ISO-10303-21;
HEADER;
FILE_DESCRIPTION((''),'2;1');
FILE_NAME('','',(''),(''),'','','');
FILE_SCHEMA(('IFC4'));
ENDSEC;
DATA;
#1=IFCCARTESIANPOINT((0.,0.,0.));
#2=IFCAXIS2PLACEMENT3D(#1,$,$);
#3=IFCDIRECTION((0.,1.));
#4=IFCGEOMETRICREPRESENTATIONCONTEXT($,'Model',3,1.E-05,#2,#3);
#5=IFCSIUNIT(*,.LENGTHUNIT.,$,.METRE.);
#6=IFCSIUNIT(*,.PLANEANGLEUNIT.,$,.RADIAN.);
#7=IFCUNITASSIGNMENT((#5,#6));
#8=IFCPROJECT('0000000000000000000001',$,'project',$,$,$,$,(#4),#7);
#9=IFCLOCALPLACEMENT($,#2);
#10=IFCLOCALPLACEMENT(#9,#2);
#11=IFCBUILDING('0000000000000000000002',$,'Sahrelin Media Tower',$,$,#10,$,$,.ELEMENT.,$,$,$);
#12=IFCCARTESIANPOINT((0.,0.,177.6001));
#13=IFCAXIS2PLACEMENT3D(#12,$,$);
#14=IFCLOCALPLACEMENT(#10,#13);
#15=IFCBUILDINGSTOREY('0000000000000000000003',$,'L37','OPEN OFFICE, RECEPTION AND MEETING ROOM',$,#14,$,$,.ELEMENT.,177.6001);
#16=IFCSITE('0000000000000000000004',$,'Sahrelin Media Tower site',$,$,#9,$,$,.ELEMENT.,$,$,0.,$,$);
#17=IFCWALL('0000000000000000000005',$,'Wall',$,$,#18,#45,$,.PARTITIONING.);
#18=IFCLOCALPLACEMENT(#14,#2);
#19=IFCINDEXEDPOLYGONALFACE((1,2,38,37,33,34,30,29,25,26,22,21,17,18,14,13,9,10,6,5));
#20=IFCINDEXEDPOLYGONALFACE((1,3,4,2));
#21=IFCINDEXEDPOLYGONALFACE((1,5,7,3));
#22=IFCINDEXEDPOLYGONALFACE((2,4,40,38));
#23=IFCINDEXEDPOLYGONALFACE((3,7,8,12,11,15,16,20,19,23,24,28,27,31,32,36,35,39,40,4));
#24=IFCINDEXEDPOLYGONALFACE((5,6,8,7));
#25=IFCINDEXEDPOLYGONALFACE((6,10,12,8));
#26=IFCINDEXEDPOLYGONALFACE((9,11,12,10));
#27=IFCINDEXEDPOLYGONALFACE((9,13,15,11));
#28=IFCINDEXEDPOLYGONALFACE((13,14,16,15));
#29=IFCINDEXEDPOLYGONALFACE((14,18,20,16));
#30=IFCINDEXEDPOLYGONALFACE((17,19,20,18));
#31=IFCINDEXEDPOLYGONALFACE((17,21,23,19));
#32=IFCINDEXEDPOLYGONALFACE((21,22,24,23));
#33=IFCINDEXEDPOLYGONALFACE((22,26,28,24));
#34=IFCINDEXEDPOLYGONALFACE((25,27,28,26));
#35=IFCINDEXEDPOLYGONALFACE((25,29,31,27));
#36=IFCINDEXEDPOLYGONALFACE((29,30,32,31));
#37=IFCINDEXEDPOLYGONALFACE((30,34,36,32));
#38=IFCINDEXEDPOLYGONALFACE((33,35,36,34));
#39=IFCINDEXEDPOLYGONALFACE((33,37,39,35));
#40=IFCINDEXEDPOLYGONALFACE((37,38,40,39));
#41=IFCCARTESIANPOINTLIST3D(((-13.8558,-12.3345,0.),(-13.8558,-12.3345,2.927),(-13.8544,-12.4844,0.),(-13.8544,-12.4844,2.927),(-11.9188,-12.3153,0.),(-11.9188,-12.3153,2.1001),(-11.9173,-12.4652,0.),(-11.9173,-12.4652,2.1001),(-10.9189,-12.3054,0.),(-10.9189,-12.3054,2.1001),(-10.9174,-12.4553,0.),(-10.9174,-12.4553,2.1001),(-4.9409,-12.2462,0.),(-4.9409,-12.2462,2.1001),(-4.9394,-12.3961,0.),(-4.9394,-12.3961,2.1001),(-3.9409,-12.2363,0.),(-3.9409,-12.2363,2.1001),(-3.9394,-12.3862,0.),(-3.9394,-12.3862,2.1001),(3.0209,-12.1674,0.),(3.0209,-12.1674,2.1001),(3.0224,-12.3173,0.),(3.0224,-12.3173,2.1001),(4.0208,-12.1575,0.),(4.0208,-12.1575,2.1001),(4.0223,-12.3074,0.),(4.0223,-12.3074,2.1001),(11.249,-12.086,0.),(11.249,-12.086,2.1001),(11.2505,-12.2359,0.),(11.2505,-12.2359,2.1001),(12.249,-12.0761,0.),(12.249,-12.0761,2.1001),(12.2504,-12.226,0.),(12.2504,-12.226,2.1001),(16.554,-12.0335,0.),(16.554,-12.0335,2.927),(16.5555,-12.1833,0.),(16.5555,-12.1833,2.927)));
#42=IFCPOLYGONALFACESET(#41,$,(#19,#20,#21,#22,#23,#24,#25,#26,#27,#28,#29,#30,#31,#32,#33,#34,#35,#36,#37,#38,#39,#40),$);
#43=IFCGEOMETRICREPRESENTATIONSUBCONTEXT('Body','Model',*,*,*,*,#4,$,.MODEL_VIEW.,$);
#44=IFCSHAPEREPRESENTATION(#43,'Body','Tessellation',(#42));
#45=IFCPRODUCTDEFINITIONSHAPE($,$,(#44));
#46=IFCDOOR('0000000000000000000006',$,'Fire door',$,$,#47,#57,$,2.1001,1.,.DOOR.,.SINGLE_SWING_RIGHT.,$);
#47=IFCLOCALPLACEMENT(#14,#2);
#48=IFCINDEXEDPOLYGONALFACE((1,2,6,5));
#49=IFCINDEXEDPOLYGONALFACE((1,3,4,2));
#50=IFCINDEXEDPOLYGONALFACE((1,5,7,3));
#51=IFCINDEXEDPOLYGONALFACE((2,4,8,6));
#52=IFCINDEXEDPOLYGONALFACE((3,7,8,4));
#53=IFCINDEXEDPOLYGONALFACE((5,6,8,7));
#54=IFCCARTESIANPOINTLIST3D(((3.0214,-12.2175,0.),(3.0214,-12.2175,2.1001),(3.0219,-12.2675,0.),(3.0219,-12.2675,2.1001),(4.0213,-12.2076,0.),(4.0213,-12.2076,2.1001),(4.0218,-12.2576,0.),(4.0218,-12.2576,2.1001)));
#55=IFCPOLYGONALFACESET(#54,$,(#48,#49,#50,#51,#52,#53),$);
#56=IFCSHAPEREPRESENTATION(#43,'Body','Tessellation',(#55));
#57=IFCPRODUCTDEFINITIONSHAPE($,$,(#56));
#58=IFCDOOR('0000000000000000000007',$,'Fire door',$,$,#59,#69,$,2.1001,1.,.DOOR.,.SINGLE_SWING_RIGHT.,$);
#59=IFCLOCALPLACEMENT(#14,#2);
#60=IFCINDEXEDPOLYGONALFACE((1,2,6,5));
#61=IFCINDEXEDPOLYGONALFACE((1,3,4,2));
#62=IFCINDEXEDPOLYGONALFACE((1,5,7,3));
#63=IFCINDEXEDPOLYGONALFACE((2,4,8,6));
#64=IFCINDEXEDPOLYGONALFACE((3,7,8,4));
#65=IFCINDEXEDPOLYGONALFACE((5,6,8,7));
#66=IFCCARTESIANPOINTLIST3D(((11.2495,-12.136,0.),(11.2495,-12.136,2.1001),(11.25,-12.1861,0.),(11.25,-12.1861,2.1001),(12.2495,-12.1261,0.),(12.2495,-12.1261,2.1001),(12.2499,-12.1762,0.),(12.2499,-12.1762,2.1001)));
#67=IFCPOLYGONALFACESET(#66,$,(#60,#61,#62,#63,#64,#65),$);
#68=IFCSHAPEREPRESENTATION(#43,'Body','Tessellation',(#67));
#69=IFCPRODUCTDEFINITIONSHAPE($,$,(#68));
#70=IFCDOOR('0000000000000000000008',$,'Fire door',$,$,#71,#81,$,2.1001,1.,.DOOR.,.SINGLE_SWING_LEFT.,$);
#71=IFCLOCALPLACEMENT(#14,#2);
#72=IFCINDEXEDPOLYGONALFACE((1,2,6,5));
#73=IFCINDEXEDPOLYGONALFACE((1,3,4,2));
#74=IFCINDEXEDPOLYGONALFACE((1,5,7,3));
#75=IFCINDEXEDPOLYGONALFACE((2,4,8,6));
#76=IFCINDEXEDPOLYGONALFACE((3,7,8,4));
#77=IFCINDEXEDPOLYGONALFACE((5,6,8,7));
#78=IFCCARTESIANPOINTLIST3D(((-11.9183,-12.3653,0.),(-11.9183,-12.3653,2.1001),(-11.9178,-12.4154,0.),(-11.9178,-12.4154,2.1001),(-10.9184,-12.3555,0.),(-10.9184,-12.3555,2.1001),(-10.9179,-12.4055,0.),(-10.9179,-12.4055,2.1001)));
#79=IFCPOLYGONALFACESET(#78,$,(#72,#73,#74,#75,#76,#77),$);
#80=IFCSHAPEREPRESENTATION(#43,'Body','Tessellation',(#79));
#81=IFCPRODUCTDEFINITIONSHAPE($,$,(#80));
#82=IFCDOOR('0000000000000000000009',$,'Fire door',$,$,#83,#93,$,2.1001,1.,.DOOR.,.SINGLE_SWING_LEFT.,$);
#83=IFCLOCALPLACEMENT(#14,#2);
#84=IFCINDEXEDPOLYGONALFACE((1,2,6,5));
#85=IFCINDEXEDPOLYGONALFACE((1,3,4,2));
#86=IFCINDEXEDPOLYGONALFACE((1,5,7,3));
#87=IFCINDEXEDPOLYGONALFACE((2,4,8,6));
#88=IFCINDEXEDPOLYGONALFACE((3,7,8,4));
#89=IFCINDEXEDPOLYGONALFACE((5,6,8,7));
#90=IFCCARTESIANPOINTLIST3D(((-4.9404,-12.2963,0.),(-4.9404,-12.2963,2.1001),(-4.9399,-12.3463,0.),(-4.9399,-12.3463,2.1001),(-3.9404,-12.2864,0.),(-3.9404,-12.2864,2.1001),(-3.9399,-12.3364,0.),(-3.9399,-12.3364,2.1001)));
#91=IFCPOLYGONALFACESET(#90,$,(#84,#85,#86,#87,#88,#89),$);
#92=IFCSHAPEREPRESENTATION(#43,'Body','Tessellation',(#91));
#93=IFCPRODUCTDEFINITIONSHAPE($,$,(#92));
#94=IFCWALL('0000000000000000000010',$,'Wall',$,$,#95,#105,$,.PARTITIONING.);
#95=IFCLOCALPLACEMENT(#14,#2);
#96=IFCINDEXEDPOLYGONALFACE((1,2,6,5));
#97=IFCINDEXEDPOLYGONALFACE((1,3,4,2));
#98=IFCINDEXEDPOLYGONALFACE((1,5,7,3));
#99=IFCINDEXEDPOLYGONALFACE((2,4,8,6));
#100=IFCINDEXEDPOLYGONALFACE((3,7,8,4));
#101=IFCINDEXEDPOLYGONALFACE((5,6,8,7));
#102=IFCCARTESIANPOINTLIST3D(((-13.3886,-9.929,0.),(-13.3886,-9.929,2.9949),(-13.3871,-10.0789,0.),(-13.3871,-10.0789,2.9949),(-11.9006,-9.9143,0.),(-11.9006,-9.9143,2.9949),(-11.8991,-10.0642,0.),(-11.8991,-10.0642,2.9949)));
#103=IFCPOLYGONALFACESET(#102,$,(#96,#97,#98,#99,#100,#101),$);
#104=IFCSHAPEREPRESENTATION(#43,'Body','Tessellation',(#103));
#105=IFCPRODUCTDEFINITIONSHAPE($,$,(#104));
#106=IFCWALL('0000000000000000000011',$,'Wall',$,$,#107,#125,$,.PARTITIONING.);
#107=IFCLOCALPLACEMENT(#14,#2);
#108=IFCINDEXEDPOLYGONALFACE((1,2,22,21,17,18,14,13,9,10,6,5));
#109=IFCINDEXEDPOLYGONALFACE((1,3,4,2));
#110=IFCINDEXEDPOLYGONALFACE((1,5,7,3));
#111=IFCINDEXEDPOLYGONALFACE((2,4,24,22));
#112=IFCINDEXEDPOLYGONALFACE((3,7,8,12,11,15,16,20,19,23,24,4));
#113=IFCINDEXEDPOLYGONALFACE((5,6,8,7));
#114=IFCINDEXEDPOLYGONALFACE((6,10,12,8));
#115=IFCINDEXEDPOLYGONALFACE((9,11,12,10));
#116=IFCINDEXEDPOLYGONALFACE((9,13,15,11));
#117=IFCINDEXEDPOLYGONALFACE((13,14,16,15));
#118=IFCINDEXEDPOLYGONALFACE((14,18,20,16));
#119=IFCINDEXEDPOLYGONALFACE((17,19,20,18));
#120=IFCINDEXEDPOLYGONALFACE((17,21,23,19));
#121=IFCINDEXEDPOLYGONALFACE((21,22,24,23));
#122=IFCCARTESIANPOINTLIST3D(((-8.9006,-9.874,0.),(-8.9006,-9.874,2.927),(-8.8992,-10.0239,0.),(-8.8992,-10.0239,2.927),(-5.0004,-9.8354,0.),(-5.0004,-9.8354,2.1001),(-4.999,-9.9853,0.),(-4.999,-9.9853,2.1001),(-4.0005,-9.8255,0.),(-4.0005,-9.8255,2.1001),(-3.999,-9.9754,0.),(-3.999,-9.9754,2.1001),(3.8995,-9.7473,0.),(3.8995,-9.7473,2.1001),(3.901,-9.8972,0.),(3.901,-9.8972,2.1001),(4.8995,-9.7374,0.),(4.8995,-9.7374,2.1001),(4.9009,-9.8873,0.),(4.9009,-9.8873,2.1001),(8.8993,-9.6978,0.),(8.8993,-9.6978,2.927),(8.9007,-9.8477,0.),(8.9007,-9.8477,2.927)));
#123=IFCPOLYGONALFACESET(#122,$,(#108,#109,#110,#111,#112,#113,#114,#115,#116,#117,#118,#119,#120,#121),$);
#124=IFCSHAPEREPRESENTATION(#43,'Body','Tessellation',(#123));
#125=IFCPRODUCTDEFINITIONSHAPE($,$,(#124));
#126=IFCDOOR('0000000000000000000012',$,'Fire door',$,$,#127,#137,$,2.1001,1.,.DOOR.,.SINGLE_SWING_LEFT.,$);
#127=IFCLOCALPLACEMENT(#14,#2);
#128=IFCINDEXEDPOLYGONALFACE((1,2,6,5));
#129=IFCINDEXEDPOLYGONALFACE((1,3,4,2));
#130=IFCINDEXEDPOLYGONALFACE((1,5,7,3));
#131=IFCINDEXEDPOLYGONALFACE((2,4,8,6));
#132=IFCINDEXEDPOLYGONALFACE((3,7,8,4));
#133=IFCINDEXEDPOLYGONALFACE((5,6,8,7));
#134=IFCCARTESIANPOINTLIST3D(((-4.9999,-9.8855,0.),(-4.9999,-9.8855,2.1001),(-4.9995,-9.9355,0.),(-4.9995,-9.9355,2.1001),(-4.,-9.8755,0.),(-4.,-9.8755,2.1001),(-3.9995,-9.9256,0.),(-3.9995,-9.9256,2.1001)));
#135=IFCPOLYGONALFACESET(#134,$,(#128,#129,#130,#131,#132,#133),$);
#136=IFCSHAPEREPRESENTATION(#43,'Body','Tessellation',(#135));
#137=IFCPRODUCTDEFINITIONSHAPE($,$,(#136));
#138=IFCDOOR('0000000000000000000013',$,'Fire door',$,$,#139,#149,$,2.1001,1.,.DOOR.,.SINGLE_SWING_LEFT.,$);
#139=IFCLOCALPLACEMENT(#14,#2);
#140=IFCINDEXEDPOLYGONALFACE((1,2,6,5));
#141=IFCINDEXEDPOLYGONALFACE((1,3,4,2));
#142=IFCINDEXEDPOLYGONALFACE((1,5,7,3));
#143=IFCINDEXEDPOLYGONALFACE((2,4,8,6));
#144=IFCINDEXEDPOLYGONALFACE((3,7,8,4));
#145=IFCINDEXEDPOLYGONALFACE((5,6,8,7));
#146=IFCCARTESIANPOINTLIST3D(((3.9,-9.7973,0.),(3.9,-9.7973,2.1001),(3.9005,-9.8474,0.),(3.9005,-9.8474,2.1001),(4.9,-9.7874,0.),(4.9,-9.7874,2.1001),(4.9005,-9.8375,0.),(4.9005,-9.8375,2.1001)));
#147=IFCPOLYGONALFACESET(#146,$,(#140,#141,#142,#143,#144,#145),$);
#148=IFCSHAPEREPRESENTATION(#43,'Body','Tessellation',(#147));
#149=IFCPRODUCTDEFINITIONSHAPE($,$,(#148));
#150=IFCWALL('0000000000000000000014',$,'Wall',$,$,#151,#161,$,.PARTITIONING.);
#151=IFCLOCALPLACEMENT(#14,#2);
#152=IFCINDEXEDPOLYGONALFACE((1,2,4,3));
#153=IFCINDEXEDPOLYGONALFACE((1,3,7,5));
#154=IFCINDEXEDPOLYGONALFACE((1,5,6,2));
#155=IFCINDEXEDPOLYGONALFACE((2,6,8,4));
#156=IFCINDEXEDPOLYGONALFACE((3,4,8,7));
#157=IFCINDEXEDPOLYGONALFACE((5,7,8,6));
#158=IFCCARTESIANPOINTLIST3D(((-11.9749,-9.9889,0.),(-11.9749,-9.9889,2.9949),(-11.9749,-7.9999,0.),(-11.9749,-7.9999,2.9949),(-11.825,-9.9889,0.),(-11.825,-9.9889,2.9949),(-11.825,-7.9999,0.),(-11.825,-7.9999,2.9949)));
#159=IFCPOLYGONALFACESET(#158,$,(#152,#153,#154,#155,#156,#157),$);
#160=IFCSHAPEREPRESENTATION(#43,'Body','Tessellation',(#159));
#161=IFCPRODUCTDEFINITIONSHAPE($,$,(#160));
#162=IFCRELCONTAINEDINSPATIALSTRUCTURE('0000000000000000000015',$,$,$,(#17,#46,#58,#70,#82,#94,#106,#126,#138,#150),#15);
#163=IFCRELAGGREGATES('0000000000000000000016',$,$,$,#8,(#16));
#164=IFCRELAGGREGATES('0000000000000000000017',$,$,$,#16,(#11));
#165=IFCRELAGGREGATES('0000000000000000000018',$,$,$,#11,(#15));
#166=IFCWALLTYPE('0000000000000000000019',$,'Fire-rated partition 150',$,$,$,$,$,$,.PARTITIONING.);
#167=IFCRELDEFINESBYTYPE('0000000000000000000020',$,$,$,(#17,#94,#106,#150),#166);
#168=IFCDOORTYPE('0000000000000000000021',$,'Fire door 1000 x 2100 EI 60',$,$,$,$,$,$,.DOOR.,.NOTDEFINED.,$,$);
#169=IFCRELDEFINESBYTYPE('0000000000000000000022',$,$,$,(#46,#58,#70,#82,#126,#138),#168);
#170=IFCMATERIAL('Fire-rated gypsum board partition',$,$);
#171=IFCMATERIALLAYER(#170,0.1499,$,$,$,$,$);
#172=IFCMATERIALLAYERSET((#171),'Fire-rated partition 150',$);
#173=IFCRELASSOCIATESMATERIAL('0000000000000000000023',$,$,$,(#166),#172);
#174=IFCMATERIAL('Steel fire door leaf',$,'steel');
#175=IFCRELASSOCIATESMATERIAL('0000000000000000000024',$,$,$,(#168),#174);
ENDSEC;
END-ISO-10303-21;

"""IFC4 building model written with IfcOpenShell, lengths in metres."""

from ifc_helpers import new_model, si_unit, direction, frame, frame_2d, origin, place, context, subcontext, project, spatial, rectangle, extrude, material, layer, layer_set, type_object, element, fill, save


model = new_model("IFC4")

# Units and contexts
model_context = context("Model", 3, precision=1e-05, world=origin(), true_north=direction((0.0, 1.0)))
body_context = subcontext(model_context, "Body", "Model", "MODEL_VIEW")
ifc_project = project(units=[si_unit("LENGTHUNIT", "METRE"), si_unit("PLANEANGLEUNIT", "RADIAN")], contexts=[model_context])

# Site, building, storey
site_placement = place(None, origin())
site = spatial("IfcSite", under=ifc_project, at=site_placement, Name="Sahrelin Media Tower site", CompositionType="ELEMENT", RefElevation=0.0)
building_placement = place(site_placement, origin())
building = spatial("IfcBuilding", under=site, at=building_placement, Name="Sahrelin Media Tower", CompositionType="ELEMENT")
storey_placement = place(building_placement, frame((0.0, 0.0, 177.6001)))
storey = spatial("IfcBuildingStorey", under=building, at=storey_placement, Name="L37", Description="OPEN OFFICE, RECEPTION AND MEETING ROOM", CompositionType="ELEMENT", Elevation=177.6001)

# Wall, openings, doors
ifc_material_1 = material(Name="Fire-rated gypsum board partition")
ifc_layer_1 = layer(ifc_material_1, 0.1499)
ifc_layer_set_1 = layer_set([ifc_layer_1], Name="Fire-rated partition 150")
wall_type_1 = type_object("IfcWallType", Name="Fire-rated partition 150", PredefinedType="PARTITIONING", material=ifc_layer_set_1)
wall_1_placement = place(storey_placement, frame((-13.855, -12.4094, 0.0), z_axis=(0.0, 0.0, 1.0), x_axis=(0.999951, 0.009898, 0.0)))
wall_1 = element("IfcWall", 1, at=wall_1_placement, inside=storey, type_object=wall_type_1, Name="Wall", PredefinedType="PARTITIONING", context=body_context, shape_type="SweptSolid", body=[
    extrude(rectangle(XDim=30.4114, YDim=0.1499, at=frame_2d((15.2056, 0.0))), origin(), (0.0, 0.0, 1.0), 2.927),
])
opening_1_placement = place(wall_1_placement, frame((16.8774, 0.0, 0.0)))
opening_1 = element("IfcOpeningElement", 2, at=opening_1_placement, cuts=wall_1, PredefinedType="OPENING", context=body_context, shape_type="SweptSolid", body=[
    extrude(rectangle(XDim=1.0, YDim=2.1001, at=frame_2d((0.5, 1.05))), frame((0.0, 0.075, 0.0), z_axis=(0.0, -1.0, 0.0), x_axis=(1.0, 0.0, 0.0)), (0.0, 0.0, 1.0), 0.1499),
])
opening_2_placement = place(wall_1_placement, frame((25.106, 0.0, 0.0)))
opening_2 = element("IfcOpeningElement", 3, at=opening_2_placement, cuts=wall_1, PredefinedType="OPENING", context=body_context, shape_type="SweptSolid", body=[
    extrude(rectangle(XDim=1.0, YDim=2.1001, at=frame_2d((0.5, 1.05))), frame((0.0, 0.075, 0.0), z_axis=(0.0, -1.0, 0.0), x_axis=(1.0, 0.0, 0.0)), (0.0, 0.0, 1.0), 0.1499),
])
opening_3_placement = place(wall_1_placement, frame((1.937, 0.0, 0.0)))
opening_3 = element("IfcOpeningElement", 4, at=opening_3_placement, cuts=wall_1, PredefinedType="OPENING", context=body_context, shape_type="SweptSolid", body=[
    extrude(rectangle(XDim=1.0, YDim=2.1001, at=frame_2d((0.5, 1.05))), frame((0.0, 0.075, 0.0), z_axis=(0.0, -1.0, 0.0), x_axis=(1.0, 0.0, 0.0)), (0.0, 0.0, 1.0), 0.1499),
])
opening_4_placement = place(wall_1_placement, frame((8.9153, 0.0, 0.0)))
opening_4 = element("IfcOpeningElement", 5, at=opening_4_placement, cuts=wall_1, PredefinedType="OPENING", context=body_context, shape_type="SweptSolid", body=[
    extrude(rectangle(XDim=1.0, YDim=2.1001, at=frame_2d((0.5, 1.05))), frame((0.0, 0.075, 0.0), z_axis=(0.0, -1.0, 0.0), x_axis=(1.0, 0.0, 0.0)), (0.0, 0.0, 1.0), 0.1499),
])
ifc_material_2 = material(Name="Steel fire door leaf", Category="steel")
door_type_1 = type_object("IfcDoorType", Name="Fire door 1000 x 2100 EI 60", OperationType="NOTDEFINED", PredefinedType="DOOR", material=ifc_material_2)
door_1_placement = place(opening_1_placement, origin())
door_1 = element("IfcDoor", 6, at=door_1_placement, inside=storey, type_object=door_type_1, Name="Fire door", OperationType="SINGLE_SWING_RIGHT", OverallHeight=2.1001, OverallWidth=1.0, PredefinedType="DOOR", context=body_context, shape_type="SweptSolid", body=[
    extrude(rectangle(XDim=1.0, YDim=2.1001, at=frame_2d((0.5, 1.05))), frame((0.0, 0.0249, 0.0), z_axis=(0.0, -1.0, 0.0), x_axis=(1.0, 0.0, 0.0)), (0.0, 0.0, 1.0), 0.05),
])
fill(opening_1, door_1)
door_2_placement = place(opening_2_placement, origin())
door_2 = element("IfcDoor", 7, at=door_2_placement, inside=storey, type_object=door_type_1, Name="Fire door", OperationType="SINGLE_SWING_RIGHT", OverallHeight=2.1001, OverallWidth=1.0, PredefinedType="DOOR", context=body_context, shape_type="SweptSolid", body=[
    extrude(rectangle(XDim=1.0, YDim=2.1001, at=frame_2d((0.5, 1.05))), frame((0.0, 0.0249, 0.0), z_axis=(0.0, -1.0, 0.0), x_axis=(1.0, 0.0, 0.0)), (0.0, 0.0, 1.0), 0.05),
])
fill(opening_2, door_2)
door_3_placement = place(opening_3_placement, origin())
door_3 = element("IfcDoor", 8, at=door_3_placement, inside=storey, type_object=door_type_1, Name="Fire door", OperationType="SINGLE_SWING_LEFT", OverallHeight=2.1001, OverallWidth=1.0, PredefinedType="DOOR", context=body_context, shape_type="SweptSolid", body=[
    extrude(rectangle(XDim=1.0, YDim=2.1001, at=frame_2d((0.5, 1.05))), frame((0.0, 0.0249, 0.0), z_axis=(0.0, -1.0, 0.0), x_axis=(1.0, 0.0, 0.0)), (0.0, 0.0, 1.0), 0.05),
])
fill(opening_3, door_3)
door_4_placement = place(opening_4_placement, origin())
door_4 = element("IfcDoor", 9, at=door_4_placement, inside=storey, type_object=door_type_1, Name="Fire door", OperationType="SINGLE_SWING_LEFT", OverallHeight=2.1001, OverallWidth=1.0, PredefinedType="DOOR", context=body_context, shape_type="SweptSolid", body=[
    extrude(rectangle(XDim=1.0, YDim=2.1001, at=frame_2d((0.5, 1.05))), frame((0.0, 0.0249, 0.0), z_axis=(0.0, -1.0, 0.0), x_axis=(1.0, 0.0, 0.0)), (0.0, 0.0, 1.0), 0.05),
])
fill(opening_4, door_4)

# Wall
wall_2_placement = place(storey_placement, frame((-13.3879, -10.0039, 0.0), z_axis=(0.0, 0.0, 1.0), x_axis=(0.999952, 0.009844, 0.0)))
element("IfcWall", 10, at=wall_2_placement, inside=storey, type_object=wall_type_1, Name="Wall", PredefinedType="PARTITIONING", context=body_context, shape_type="SweptSolid", body=[
    extrude(rectangle(XDim=1.488, YDim=0.1499, at=frame_2d((0.7441, 0.0))), origin(), (0.0, 0.0, 1.0), 2.9949),
])

# Wall, openings, doors
wall_3_placement = place(storey_placement, frame((-8.8999, -9.949, 0.0), z_axis=(0.0, 0.0, 1.0), x_axis=(0.999951, 0.009902, 0.0)))
wall_3 = element("IfcWall", 11, at=wall_3_placement, inside=storey, type_object=wall_type_1, Name="Wall", PredefinedType="PARTITIONING", context=body_context, shape_type="SweptSolid", body=[
    extrude(rectangle(XDim=17.8008, YDim=0.1499, at=frame_2d((8.9004, 0.0))), origin(), (0.0, 0.0, 1.0), 2.927),
])
opening_5_placement = place(wall_3_placement, frame((3.9004, 0.0, 0.0)))
opening_5 = element("IfcOpeningElement", 12, at=opening_5_placement, cuts=wall_3, PredefinedType="OPENING", context=body_context, shape_type="SweptSolid", body=[
    extrude(rectangle(XDim=1.0, YDim=2.1001, at=frame_2d((0.5, 1.05))), frame((0.0, 0.075, 0.0), z_axis=(0.0, -1.0, 0.0), x_axis=(1.0, 0.0, 0.0)), (0.0, 0.0, 1.0), 0.1499),
])
opening_6_placement = place(wall_3_placement, frame((12.8008, 0.0, 0.0)))
opening_6 = element("IfcOpeningElement", 13, at=opening_6_placement, cuts=wall_3, PredefinedType="OPENING", context=body_context, shape_type="SweptSolid", body=[
    extrude(rectangle(XDim=1.0, YDim=2.1001, at=frame_2d((0.5, 1.05))), frame((0.0, 0.075, 0.0), z_axis=(0.0, -1.0, 0.0), x_axis=(1.0, 0.0, 0.0)), (0.0, 0.0, 1.0), 0.1499),
])
door_5_placement = place(opening_5_placement, origin())
door_5 = element("IfcDoor", 14, at=door_5_placement, inside=storey, type_object=door_type_1, Name="Fire door", OperationType="SINGLE_SWING_LEFT", OverallHeight=2.1001, OverallWidth=1.0, PredefinedType="DOOR", context=body_context, shape_type="SweptSolid", body=[
    extrude(rectangle(XDim=1.0, YDim=2.1001, at=frame_2d((0.5, 1.05))), frame((0.0, 0.0249, 0.0), z_axis=(0.0, -1.0, 0.0), x_axis=(1.0, 0.0, 0.0)), (0.0, 0.0, 1.0), 0.05),
])
fill(opening_5, door_5)
door_6_placement = place(opening_6_placement, origin())
door_6 = element("IfcDoor", 15, at=door_6_placement, inside=storey, type_object=door_type_1, Name="Fire door", OperationType="SINGLE_SWING_LEFT", OverallHeight=2.1001, OverallWidth=1.0, PredefinedType="DOOR", context=body_context, shape_type="SweptSolid", body=[
    extrude(rectangle(XDim=1.0, YDim=2.1001, at=frame_2d((0.5, 1.05))), frame((0.0, 0.0249, 0.0), z_axis=(0.0, -1.0, 0.0), x_axis=(1.0, 0.0, 0.0)), (0.0, 0.0, 1.0), 0.05),
])
fill(opening_6, door_6)

# Wall
wall_4_placement = place(storey_placement, frame((-11.8999, -9.989, 0.0), z_axis=(0.0, 0.0, 1.0), x_axis=(0.0, 1.0, 0.0)))
element("IfcWall", 16, at=wall_4_placement, inside=storey, type_object=wall_type_1, Name="Wall", PredefinedType="PARTITIONING", context=body_context, shape_type="SweptSolid", body=[
    extrude(rectangle(XDim=1.989, YDim=0.1499, at=frame_2d((0.9946, 0.0))), origin(), (0.0, 0.0, 1.0), 2.9949),
])

save(model, "model.ifc")
